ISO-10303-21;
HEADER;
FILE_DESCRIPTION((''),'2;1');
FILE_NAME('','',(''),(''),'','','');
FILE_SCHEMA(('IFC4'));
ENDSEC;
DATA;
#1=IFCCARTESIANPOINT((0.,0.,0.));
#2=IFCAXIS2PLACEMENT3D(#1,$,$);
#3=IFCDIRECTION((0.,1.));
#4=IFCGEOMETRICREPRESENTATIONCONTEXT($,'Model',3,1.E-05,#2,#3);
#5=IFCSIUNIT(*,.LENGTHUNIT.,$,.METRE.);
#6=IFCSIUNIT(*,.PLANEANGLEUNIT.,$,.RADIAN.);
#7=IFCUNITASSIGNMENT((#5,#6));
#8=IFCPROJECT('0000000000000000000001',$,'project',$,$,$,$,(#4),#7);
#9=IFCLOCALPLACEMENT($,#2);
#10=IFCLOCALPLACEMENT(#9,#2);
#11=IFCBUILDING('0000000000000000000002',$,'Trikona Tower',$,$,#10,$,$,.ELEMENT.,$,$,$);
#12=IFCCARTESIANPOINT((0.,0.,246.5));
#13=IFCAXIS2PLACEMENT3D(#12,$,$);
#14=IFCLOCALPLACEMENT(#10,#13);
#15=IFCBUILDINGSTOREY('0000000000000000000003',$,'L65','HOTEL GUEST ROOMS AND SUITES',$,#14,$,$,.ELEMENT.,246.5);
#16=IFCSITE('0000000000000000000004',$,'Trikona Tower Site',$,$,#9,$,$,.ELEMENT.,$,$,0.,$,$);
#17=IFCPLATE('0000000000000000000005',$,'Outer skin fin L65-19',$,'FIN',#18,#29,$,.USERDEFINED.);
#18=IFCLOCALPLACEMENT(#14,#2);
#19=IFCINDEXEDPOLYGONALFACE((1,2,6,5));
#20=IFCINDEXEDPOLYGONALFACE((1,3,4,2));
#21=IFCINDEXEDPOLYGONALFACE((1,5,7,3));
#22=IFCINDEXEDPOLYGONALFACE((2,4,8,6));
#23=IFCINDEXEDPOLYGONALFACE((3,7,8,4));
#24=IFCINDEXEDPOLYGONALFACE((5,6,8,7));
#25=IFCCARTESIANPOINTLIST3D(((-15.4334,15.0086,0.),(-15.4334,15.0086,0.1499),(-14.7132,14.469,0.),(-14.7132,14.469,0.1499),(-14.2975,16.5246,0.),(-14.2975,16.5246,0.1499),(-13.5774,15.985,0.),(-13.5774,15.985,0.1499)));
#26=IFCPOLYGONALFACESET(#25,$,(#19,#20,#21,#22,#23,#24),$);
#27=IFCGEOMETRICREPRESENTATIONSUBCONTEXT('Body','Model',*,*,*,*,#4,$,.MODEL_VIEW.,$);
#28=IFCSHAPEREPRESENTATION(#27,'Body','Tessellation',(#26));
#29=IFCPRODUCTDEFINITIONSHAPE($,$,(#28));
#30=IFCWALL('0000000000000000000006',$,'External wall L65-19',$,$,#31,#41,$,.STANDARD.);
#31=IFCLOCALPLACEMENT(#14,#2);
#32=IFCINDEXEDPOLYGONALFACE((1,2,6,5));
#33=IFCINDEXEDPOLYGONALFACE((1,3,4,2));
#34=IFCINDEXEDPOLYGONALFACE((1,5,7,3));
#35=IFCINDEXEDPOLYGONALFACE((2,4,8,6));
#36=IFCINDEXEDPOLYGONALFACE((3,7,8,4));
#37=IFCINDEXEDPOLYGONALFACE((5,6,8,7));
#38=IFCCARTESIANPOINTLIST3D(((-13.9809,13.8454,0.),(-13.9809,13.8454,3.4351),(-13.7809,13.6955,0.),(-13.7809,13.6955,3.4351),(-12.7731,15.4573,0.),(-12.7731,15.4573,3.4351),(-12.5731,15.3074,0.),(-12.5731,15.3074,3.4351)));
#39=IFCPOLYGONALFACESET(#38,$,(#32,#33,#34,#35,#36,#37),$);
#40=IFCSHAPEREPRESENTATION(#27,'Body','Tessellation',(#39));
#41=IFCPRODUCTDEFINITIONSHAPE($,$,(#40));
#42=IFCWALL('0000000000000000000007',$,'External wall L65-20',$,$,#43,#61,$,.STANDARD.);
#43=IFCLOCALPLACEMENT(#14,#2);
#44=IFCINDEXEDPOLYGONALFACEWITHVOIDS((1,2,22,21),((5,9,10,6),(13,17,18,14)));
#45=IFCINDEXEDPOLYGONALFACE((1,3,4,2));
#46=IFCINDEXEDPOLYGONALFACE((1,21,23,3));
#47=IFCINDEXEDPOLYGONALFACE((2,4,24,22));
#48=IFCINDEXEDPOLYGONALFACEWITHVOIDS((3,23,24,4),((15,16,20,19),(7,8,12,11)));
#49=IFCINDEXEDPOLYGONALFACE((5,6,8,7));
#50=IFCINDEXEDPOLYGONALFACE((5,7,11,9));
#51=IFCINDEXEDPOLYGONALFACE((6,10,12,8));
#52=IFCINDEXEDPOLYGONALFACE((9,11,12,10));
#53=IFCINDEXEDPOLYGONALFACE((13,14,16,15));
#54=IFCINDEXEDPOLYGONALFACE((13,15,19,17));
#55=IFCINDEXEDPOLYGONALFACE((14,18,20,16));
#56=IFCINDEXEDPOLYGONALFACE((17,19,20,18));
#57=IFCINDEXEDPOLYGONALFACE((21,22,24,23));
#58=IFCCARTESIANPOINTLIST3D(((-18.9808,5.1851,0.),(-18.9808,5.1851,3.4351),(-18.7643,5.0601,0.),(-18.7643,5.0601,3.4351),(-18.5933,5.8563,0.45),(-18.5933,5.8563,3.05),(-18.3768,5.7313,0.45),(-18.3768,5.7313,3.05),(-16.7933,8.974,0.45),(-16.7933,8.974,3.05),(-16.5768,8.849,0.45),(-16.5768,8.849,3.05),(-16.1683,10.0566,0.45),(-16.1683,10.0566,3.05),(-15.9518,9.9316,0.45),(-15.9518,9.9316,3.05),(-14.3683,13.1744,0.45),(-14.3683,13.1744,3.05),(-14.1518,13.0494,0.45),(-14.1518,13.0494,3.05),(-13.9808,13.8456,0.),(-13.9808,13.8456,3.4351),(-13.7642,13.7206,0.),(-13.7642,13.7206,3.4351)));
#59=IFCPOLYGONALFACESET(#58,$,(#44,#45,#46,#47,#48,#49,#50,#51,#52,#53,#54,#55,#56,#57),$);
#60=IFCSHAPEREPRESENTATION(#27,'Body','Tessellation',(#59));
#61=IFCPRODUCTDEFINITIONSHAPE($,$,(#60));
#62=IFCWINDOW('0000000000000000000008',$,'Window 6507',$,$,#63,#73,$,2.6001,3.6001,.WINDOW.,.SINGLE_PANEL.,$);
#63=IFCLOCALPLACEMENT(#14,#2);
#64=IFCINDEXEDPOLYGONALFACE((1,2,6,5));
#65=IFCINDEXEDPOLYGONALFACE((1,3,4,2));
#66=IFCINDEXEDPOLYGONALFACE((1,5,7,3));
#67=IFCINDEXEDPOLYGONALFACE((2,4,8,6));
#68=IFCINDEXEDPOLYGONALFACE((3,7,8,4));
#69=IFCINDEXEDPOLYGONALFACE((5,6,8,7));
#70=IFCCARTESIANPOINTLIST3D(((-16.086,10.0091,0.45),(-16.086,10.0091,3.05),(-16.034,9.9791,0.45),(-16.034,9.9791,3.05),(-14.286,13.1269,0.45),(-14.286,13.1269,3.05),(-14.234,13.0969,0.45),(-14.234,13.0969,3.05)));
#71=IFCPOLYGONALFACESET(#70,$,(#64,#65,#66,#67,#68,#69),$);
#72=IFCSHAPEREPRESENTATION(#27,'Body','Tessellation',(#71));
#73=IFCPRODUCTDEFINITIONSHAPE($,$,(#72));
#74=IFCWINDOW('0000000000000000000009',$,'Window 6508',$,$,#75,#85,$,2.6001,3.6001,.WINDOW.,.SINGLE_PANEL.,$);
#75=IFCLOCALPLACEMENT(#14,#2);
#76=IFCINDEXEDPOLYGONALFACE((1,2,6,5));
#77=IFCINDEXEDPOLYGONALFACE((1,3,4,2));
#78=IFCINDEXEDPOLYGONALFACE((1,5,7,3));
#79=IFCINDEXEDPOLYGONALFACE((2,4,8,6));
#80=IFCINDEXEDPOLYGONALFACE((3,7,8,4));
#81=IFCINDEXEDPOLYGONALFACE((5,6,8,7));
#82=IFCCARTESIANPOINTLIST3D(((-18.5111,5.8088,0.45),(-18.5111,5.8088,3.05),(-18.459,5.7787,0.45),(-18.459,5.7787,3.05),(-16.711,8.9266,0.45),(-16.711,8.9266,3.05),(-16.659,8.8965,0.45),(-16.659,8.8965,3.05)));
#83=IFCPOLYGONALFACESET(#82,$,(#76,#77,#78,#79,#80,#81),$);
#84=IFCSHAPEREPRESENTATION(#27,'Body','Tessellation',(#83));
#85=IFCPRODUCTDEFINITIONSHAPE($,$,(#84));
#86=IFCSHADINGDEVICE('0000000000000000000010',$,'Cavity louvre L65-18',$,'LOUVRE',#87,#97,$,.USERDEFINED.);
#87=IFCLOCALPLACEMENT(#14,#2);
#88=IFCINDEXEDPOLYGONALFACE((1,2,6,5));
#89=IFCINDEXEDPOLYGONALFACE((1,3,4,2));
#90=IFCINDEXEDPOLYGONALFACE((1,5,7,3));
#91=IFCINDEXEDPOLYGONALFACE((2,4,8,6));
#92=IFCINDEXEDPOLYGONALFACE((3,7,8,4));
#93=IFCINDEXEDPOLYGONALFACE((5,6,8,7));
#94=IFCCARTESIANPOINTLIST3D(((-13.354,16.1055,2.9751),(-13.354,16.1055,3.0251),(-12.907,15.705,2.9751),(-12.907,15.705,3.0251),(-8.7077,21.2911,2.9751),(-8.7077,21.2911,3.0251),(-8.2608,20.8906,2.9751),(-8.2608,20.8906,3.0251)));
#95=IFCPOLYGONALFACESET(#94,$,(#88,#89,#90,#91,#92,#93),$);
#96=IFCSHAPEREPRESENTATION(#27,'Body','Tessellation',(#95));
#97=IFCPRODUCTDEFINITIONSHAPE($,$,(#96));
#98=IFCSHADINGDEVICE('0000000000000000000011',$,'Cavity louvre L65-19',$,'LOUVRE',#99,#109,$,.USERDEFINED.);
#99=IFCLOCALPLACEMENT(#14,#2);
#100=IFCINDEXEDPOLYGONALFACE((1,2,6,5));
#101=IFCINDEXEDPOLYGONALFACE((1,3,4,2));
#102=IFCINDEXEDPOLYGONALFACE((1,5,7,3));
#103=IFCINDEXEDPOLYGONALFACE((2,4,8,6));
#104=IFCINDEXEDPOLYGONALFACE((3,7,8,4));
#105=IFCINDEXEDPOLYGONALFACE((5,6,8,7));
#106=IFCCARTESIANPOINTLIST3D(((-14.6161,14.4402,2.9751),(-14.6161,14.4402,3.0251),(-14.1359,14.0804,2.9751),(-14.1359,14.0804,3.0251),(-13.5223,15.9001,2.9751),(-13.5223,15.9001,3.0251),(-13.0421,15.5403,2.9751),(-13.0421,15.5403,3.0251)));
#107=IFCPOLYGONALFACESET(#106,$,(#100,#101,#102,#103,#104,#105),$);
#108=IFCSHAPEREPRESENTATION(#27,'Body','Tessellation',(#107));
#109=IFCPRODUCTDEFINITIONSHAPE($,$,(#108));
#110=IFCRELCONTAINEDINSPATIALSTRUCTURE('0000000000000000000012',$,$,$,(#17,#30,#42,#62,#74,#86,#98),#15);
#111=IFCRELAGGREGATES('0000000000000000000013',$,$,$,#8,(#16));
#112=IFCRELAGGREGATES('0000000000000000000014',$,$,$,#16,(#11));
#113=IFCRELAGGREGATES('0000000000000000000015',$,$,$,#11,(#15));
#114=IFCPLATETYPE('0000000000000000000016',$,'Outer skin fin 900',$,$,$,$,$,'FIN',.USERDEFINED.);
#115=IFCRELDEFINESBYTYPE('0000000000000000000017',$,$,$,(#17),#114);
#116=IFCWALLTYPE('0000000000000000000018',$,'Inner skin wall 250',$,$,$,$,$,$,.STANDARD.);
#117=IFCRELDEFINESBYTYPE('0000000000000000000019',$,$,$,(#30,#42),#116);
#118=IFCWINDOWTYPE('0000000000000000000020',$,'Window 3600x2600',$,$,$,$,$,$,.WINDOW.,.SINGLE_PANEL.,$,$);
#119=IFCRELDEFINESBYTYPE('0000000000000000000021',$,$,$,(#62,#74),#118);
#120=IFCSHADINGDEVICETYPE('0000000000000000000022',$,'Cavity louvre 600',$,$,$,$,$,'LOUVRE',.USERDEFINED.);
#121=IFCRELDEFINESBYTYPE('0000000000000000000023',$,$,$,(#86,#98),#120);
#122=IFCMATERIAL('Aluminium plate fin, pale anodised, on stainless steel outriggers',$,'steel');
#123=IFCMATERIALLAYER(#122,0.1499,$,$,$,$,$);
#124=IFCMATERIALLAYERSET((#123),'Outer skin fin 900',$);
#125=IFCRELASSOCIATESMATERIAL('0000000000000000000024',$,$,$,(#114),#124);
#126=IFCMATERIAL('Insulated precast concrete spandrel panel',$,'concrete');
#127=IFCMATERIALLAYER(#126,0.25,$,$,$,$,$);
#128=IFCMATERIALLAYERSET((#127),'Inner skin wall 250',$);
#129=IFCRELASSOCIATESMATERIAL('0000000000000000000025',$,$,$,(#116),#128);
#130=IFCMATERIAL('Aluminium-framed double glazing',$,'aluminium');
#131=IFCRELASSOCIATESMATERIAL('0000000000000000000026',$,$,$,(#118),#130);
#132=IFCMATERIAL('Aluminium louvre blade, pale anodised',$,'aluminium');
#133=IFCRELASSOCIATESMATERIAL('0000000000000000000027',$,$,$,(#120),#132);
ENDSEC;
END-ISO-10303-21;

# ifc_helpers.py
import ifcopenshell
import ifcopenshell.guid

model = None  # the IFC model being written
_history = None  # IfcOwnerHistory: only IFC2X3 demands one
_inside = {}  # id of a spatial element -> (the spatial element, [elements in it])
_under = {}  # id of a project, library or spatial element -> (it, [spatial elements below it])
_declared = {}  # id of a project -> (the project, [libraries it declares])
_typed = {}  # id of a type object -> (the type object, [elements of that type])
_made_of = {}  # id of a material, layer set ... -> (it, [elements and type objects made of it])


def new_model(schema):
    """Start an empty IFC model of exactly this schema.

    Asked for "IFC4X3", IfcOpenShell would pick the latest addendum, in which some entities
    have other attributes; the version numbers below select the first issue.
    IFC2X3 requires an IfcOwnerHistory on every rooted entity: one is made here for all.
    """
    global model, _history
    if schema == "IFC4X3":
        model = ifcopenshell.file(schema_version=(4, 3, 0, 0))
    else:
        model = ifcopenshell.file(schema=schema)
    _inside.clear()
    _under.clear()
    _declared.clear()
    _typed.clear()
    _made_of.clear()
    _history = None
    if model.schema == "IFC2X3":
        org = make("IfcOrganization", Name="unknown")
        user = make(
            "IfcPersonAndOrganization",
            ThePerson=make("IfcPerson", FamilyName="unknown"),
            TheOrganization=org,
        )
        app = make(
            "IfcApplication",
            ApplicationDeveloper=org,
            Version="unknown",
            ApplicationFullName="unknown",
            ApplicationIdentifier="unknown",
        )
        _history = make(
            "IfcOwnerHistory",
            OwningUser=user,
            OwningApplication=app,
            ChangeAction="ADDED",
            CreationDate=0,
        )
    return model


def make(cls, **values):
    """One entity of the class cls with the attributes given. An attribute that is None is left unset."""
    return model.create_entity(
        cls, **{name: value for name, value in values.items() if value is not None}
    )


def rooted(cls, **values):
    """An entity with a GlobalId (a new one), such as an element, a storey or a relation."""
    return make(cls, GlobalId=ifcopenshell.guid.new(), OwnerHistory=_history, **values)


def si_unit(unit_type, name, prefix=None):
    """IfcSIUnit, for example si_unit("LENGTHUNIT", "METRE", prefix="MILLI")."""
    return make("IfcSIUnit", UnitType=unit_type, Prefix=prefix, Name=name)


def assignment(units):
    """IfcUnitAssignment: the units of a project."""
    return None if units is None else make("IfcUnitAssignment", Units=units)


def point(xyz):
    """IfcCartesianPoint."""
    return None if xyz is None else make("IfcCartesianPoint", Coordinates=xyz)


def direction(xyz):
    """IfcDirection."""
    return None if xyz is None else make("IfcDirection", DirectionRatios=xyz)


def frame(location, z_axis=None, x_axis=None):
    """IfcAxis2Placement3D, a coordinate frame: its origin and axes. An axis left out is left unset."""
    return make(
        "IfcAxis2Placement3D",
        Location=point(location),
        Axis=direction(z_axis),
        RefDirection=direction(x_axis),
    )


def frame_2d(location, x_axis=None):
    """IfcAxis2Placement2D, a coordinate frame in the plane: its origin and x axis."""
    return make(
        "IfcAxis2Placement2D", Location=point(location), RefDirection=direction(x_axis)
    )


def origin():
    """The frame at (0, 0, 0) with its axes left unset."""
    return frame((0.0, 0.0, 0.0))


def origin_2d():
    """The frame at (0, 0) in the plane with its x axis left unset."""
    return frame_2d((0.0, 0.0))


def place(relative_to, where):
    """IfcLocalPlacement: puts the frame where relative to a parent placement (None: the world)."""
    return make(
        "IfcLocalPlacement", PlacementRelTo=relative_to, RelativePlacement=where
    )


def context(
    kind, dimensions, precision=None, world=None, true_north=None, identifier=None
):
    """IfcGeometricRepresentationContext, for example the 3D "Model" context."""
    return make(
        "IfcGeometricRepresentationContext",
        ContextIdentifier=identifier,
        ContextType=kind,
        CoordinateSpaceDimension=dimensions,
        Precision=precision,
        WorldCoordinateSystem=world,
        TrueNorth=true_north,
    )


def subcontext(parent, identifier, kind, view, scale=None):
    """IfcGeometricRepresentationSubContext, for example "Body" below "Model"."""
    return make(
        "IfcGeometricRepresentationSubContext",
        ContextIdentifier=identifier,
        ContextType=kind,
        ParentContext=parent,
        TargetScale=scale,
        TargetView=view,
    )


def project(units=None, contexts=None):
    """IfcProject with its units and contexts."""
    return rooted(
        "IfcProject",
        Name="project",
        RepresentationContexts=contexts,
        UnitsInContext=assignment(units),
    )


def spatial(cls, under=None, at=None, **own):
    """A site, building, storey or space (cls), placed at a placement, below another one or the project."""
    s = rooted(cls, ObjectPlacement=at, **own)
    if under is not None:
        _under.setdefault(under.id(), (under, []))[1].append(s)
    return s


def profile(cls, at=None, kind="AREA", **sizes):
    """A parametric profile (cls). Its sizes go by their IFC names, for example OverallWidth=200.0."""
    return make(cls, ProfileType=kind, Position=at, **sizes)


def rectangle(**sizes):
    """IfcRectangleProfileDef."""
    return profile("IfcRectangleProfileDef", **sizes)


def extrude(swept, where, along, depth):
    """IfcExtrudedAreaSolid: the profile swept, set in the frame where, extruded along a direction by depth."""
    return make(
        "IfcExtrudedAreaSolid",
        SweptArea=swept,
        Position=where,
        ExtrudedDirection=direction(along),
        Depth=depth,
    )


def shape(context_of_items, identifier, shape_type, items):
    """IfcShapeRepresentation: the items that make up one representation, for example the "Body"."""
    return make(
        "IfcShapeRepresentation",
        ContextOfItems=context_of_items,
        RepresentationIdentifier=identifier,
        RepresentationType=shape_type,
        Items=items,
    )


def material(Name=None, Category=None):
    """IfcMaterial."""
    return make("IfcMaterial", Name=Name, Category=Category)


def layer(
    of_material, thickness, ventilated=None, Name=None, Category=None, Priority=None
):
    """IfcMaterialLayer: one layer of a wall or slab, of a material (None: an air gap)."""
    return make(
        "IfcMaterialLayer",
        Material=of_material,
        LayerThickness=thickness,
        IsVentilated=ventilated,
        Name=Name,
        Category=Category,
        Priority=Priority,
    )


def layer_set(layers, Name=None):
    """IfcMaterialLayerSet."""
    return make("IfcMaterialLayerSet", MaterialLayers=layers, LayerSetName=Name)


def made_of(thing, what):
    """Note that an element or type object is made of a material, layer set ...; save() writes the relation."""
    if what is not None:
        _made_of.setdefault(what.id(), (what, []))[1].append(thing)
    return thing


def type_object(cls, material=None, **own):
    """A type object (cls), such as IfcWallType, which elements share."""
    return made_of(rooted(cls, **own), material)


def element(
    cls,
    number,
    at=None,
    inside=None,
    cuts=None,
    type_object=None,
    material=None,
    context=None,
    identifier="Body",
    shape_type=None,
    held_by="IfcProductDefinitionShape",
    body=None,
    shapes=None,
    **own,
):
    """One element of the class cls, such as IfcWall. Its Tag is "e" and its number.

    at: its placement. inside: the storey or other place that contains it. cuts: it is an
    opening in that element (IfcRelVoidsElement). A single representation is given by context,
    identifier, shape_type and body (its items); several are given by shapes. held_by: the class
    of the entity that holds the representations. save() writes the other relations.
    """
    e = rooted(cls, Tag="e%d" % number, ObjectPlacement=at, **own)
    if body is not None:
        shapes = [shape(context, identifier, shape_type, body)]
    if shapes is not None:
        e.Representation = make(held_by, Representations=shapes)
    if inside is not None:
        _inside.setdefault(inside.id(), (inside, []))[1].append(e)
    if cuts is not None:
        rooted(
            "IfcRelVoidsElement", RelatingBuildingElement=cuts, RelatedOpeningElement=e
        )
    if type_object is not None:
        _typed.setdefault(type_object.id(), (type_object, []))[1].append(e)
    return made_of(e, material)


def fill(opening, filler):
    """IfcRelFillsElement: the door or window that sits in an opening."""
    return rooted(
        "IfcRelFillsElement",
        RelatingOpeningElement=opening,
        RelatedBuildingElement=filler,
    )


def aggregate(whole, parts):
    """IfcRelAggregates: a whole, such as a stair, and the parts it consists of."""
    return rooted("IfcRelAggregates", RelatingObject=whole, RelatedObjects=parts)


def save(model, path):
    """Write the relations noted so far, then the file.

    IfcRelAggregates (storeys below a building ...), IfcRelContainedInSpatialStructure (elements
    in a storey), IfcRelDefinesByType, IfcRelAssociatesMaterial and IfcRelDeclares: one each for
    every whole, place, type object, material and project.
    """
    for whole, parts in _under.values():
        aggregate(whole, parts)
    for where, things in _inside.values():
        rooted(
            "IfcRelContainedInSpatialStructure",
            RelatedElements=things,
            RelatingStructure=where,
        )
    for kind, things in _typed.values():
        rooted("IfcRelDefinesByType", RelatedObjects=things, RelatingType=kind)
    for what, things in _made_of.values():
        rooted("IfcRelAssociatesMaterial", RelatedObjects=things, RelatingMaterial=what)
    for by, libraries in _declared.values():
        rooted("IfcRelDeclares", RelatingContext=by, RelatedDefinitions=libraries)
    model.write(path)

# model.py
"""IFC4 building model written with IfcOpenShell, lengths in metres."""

from ifc_helpers import new_model, si_unit, direction, frame, frame_2d, origin, origin_2d, place, context, subcontext, project, spatial, rectangle, extrude, material, layer, layer_set, type_object, element, fill, save


model = new_model("IFC4")

# Units and contexts
model_context = context("Model", 3, precision=1e-05, world=origin(), true_north=direction((0.0, 1.0)))
body_context = subcontext(model_context, "Body", "Model", "MODEL_VIEW")
ifc_project = project(units=[si_unit("LENGTHUNIT", "METRE"), si_unit("PLANEANGLEUNIT", "RADIAN")], contexts=[model_context])

# Site, building, storey
site_placement = place(None, origin())
site = spatial("IfcSite", under=ifc_project, at=site_placement, Name="Trikona Tower Site", CompositionType="ELEMENT", RefElevation=0.0)
building_placement = place(site_placement, origin())
building = spatial("IfcBuilding", under=site, at=building_placement, Name="Trikona Tower", CompositionType="ELEMENT")
storey_placement = place(building_placement, frame((0.0, 0.0, 246.5)))
storey = spatial("IfcBuildingStorey", under=building, at=storey_placement, Name="L65", Description="HOTEL GUEST ROOMS AND SUITES", CompositionType="ELEMENT", Elevation=246.5)

# Plate
ifc_material_1 = material(Name="Aluminium plate fin, pale anodised, on stainless steel outriggers", Category="steel")
ifc_layer_1 = layer(ifc_material_1, 0.1499)
ifc_layer_set_1 = layer_set([ifc_layer_1], Name="Outer skin fin 900")
plate_type_1 = type_object("IfcPlateType", Name="Outer skin fin 900", ElementType="FIN", PredefinedType="USERDEFINED", material=ifc_layer_set_1)
plate_1_placement = place(storey_placement, frame((-14.5054, 15.4968, 0.0), z_axis=(0.0, 0.0, 1.0), x_axis=(-0.599619, -0.800286, 0.0)))
element("IfcPlate", 1, at=plate_1_placement, inside=storey, type_object=plate_type_1, Name="Outer skin fin L65-19", ObjectType="FIN", PredefinedType="USERDEFINED", context=body_context, shape_type="SweptSolid", body=[
    extrude(rectangle(XDim=1.8943, YDim=0.8999, at=origin_2d()), origin(), (0.0, 0.0, 1.0), 0.1499),
])

# Wall
ifc_material_2 = material(Name="Insulated precast concrete spandrel panel", Category="concrete")
ifc_layer_2 = layer(ifc_material_2, 0.25)
ifc_layer_set_2 = layer_set([ifc_layer_2], Name="Inner skin wall 250")
wall_type = type_object("IfcWallType", Name="Inner skin wall 250", PredefinedType="STANDARD", material=ifc_layer_set_2)
wall_1_placement = place(storey_placement, frame((-12.6731, 15.3823, 0.0), z_axis=(0.0, 0.0, 1.0), x_axis=(-0.599651, -0.800262, 0.0)))
element("IfcWall", 2, at=wall_1_placement, inside=storey, type_object=wall_type, Name="External wall L65-19", PredefinedType="STANDARD", context=body_context, shape_type="SweptSolid", body=[
    extrude(rectangle(XDim=2.0142, YDim=0.25, at=frame_2d((1.0071, 0.0))), origin(), (0.0, 0.0, 1.0), 3.4351),
])

# Wall, openings, windows
wall_2_placement = place(storey_placement, frame((-13.8726, 13.783, 0.0), z_axis=(0.0, 0.0, 1.0), x_axis=(-0.499994, -0.866029, 0.0)))
wall_2 = element("IfcWall", 3, at=wall_2_placement, inside=storey, type_object=wall_type, Name="External wall L65-20", PredefinedType="STANDARD", context=body_context, shape_type="SweptSolid", body=[
    extrude(rectangle(XDim=10.0002, YDim=0.25, at=frame_2d((5.0, 0.0))), origin(), (0.0, 0.0, 1.0), 3.4351),
])
opening_1_placement = place(wall_2_placement, frame((0.7749, 0.0, 0.45)))
opening_1 = element("IfcOpeningElement", 4, at=opening_1_placement, cuts=wall_2, PredefinedType="OPENING", context=body_context, shape_type="SweptSolid", body=[
    extrude(rectangle(XDim=3.6001, YDim=2.6001, at=frame_2d((1.8, 1.3))), frame((0.0, 0.135, 0.0), z_axis=(0.0, -1.0, 0.0), x_axis=(1.0, 0.0, 0.0)), (0.0, 0.0, 1.0), 0.27),
])
opening_2_placement = place(wall_2_placement, frame((5.625, 0.0, 0.45)))
opening_2 = element("IfcOpeningElement", 5, at=opening_2_placement, cuts=wall_2, PredefinedType="OPENING", context=body_context, shape_type="SweptSolid", body=[
    extrude(rectangle(XDim=3.6001, YDim=2.6001, at=frame_2d((1.8, 1.3))), frame((0.0, 0.135, 0.0), z_axis=(0.0, -1.0, 0.0), x_axis=(1.0, 0.0, 0.0)), (0.0, 0.0, 1.0), 0.27),
])
ifc_material_3 = material(Name="Aluminium-framed double glazing", Category="aluminium")
window_type = type_object("IfcWindowType", Name="Window 3600x2600", PartitioningType="SINGLE_PANEL", PredefinedType="WINDOW", material=ifc_material_3)
window_1_placement = place(opening_1_placement, origin())
window_1 = element("IfcWindow", 6, at=window_1_placement, inside=storey, type_object=window_type, Name="Window 6507", OverallHeight=2.6001, OverallWidth=3.6001, PartitioningType="SINGLE_PANEL", PredefinedType="WINDOW", context=body_context, shape_type="SweptSolid", body=[
    extrude(rectangle(XDim=3.6001, YDim=2.6001, at=frame_2d((1.8, 1.3))), frame((0.0, 0.03, 0.0), z_axis=(0.0, -1.0, 0.0), x_axis=(1.0, 0.0, 0.0)), (0.0, 0.0, 1.0), 0.0601),
])
fill(opening_1, window_1)
window_2_placement = place(opening_2_placement, origin())
window_2 = element("IfcWindow", 7, at=window_2_placement, inside=storey, type_object=window_type, Name="Window 6508", OverallHeight=2.6001, OverallWidth=3.6001, PartitioningType="SINGLE_PANEL", PredefinedType="WINDOW", context=body_context, shape_type="SweptSolid", body=[
    extrude(rectangle(XDim=3.6001, YDim=2.6001, at=frame_2d((1.8, 1.3))), frame((0.0, 0.03, 0.0), z_axis=(0.0, -1.0, 0.0), x_axis=(1.0, 0.0, 0.0)), (0.0, 0.0, 1.0), 0.0601),
])
fill(opening_2, window_2)

# Shading devices
ifc_material_4 = material(Name="Aluminium louvre blade, pale anodised", Category="aluminium")
shading_device_type = type_object("IfcShadingDeviceType", Name="Cavity louvre 600", ElementType="LOUVRE", PredefinedType="USERDEFINED", material=ifc_material_4)
shading_device_1_placement = place(storey_placement, frame((-10.8074, 18.498, 2.9751), z_axis=(0.0, 0.0, 1.0), x_axis=(-0.667311, -0.744779, 0.0)))
element("IfcShadingDevice", 8, at=shading_device_1_placement, inside=storey, type_object=shading_device_type, Name="Cavity louvre L65-18", ObjectType="LOUVRE", PredefinedType="USERDEFINED", context=body_context, shape_type="SweptSolid", body=[
    extrude(rectangle(XDim=6.9626, YDim=0.6001, at=origin_2d()), origin(), (0.0, 0.0, 1.0), 0.05),
])
shading_device_2_placement = place(storey_placement, frame((-13.8291, 14.9902, 2.9751), z_axis=(0.0, 0.0, 1.0), x_axis=(-0.599619, -0.800286, 0.0)))
element("IfcShadingDevice", 9, at=shading_device_2_placement, inside=storey, type_object=shading_device_type, Name="Cavity louvre L65-19", ObjectType="LOUVRE", PredefinedType="USERDEFINED", context=body_context, shape_type="SweptSolid", body=[
    extrude(rectangle(XDim=1.8242, YDim=0.6001, at=origin_2d()), origin(), (0.0, 0.0, 1.0), 0.05),
])

save(model, "model.ifc")
